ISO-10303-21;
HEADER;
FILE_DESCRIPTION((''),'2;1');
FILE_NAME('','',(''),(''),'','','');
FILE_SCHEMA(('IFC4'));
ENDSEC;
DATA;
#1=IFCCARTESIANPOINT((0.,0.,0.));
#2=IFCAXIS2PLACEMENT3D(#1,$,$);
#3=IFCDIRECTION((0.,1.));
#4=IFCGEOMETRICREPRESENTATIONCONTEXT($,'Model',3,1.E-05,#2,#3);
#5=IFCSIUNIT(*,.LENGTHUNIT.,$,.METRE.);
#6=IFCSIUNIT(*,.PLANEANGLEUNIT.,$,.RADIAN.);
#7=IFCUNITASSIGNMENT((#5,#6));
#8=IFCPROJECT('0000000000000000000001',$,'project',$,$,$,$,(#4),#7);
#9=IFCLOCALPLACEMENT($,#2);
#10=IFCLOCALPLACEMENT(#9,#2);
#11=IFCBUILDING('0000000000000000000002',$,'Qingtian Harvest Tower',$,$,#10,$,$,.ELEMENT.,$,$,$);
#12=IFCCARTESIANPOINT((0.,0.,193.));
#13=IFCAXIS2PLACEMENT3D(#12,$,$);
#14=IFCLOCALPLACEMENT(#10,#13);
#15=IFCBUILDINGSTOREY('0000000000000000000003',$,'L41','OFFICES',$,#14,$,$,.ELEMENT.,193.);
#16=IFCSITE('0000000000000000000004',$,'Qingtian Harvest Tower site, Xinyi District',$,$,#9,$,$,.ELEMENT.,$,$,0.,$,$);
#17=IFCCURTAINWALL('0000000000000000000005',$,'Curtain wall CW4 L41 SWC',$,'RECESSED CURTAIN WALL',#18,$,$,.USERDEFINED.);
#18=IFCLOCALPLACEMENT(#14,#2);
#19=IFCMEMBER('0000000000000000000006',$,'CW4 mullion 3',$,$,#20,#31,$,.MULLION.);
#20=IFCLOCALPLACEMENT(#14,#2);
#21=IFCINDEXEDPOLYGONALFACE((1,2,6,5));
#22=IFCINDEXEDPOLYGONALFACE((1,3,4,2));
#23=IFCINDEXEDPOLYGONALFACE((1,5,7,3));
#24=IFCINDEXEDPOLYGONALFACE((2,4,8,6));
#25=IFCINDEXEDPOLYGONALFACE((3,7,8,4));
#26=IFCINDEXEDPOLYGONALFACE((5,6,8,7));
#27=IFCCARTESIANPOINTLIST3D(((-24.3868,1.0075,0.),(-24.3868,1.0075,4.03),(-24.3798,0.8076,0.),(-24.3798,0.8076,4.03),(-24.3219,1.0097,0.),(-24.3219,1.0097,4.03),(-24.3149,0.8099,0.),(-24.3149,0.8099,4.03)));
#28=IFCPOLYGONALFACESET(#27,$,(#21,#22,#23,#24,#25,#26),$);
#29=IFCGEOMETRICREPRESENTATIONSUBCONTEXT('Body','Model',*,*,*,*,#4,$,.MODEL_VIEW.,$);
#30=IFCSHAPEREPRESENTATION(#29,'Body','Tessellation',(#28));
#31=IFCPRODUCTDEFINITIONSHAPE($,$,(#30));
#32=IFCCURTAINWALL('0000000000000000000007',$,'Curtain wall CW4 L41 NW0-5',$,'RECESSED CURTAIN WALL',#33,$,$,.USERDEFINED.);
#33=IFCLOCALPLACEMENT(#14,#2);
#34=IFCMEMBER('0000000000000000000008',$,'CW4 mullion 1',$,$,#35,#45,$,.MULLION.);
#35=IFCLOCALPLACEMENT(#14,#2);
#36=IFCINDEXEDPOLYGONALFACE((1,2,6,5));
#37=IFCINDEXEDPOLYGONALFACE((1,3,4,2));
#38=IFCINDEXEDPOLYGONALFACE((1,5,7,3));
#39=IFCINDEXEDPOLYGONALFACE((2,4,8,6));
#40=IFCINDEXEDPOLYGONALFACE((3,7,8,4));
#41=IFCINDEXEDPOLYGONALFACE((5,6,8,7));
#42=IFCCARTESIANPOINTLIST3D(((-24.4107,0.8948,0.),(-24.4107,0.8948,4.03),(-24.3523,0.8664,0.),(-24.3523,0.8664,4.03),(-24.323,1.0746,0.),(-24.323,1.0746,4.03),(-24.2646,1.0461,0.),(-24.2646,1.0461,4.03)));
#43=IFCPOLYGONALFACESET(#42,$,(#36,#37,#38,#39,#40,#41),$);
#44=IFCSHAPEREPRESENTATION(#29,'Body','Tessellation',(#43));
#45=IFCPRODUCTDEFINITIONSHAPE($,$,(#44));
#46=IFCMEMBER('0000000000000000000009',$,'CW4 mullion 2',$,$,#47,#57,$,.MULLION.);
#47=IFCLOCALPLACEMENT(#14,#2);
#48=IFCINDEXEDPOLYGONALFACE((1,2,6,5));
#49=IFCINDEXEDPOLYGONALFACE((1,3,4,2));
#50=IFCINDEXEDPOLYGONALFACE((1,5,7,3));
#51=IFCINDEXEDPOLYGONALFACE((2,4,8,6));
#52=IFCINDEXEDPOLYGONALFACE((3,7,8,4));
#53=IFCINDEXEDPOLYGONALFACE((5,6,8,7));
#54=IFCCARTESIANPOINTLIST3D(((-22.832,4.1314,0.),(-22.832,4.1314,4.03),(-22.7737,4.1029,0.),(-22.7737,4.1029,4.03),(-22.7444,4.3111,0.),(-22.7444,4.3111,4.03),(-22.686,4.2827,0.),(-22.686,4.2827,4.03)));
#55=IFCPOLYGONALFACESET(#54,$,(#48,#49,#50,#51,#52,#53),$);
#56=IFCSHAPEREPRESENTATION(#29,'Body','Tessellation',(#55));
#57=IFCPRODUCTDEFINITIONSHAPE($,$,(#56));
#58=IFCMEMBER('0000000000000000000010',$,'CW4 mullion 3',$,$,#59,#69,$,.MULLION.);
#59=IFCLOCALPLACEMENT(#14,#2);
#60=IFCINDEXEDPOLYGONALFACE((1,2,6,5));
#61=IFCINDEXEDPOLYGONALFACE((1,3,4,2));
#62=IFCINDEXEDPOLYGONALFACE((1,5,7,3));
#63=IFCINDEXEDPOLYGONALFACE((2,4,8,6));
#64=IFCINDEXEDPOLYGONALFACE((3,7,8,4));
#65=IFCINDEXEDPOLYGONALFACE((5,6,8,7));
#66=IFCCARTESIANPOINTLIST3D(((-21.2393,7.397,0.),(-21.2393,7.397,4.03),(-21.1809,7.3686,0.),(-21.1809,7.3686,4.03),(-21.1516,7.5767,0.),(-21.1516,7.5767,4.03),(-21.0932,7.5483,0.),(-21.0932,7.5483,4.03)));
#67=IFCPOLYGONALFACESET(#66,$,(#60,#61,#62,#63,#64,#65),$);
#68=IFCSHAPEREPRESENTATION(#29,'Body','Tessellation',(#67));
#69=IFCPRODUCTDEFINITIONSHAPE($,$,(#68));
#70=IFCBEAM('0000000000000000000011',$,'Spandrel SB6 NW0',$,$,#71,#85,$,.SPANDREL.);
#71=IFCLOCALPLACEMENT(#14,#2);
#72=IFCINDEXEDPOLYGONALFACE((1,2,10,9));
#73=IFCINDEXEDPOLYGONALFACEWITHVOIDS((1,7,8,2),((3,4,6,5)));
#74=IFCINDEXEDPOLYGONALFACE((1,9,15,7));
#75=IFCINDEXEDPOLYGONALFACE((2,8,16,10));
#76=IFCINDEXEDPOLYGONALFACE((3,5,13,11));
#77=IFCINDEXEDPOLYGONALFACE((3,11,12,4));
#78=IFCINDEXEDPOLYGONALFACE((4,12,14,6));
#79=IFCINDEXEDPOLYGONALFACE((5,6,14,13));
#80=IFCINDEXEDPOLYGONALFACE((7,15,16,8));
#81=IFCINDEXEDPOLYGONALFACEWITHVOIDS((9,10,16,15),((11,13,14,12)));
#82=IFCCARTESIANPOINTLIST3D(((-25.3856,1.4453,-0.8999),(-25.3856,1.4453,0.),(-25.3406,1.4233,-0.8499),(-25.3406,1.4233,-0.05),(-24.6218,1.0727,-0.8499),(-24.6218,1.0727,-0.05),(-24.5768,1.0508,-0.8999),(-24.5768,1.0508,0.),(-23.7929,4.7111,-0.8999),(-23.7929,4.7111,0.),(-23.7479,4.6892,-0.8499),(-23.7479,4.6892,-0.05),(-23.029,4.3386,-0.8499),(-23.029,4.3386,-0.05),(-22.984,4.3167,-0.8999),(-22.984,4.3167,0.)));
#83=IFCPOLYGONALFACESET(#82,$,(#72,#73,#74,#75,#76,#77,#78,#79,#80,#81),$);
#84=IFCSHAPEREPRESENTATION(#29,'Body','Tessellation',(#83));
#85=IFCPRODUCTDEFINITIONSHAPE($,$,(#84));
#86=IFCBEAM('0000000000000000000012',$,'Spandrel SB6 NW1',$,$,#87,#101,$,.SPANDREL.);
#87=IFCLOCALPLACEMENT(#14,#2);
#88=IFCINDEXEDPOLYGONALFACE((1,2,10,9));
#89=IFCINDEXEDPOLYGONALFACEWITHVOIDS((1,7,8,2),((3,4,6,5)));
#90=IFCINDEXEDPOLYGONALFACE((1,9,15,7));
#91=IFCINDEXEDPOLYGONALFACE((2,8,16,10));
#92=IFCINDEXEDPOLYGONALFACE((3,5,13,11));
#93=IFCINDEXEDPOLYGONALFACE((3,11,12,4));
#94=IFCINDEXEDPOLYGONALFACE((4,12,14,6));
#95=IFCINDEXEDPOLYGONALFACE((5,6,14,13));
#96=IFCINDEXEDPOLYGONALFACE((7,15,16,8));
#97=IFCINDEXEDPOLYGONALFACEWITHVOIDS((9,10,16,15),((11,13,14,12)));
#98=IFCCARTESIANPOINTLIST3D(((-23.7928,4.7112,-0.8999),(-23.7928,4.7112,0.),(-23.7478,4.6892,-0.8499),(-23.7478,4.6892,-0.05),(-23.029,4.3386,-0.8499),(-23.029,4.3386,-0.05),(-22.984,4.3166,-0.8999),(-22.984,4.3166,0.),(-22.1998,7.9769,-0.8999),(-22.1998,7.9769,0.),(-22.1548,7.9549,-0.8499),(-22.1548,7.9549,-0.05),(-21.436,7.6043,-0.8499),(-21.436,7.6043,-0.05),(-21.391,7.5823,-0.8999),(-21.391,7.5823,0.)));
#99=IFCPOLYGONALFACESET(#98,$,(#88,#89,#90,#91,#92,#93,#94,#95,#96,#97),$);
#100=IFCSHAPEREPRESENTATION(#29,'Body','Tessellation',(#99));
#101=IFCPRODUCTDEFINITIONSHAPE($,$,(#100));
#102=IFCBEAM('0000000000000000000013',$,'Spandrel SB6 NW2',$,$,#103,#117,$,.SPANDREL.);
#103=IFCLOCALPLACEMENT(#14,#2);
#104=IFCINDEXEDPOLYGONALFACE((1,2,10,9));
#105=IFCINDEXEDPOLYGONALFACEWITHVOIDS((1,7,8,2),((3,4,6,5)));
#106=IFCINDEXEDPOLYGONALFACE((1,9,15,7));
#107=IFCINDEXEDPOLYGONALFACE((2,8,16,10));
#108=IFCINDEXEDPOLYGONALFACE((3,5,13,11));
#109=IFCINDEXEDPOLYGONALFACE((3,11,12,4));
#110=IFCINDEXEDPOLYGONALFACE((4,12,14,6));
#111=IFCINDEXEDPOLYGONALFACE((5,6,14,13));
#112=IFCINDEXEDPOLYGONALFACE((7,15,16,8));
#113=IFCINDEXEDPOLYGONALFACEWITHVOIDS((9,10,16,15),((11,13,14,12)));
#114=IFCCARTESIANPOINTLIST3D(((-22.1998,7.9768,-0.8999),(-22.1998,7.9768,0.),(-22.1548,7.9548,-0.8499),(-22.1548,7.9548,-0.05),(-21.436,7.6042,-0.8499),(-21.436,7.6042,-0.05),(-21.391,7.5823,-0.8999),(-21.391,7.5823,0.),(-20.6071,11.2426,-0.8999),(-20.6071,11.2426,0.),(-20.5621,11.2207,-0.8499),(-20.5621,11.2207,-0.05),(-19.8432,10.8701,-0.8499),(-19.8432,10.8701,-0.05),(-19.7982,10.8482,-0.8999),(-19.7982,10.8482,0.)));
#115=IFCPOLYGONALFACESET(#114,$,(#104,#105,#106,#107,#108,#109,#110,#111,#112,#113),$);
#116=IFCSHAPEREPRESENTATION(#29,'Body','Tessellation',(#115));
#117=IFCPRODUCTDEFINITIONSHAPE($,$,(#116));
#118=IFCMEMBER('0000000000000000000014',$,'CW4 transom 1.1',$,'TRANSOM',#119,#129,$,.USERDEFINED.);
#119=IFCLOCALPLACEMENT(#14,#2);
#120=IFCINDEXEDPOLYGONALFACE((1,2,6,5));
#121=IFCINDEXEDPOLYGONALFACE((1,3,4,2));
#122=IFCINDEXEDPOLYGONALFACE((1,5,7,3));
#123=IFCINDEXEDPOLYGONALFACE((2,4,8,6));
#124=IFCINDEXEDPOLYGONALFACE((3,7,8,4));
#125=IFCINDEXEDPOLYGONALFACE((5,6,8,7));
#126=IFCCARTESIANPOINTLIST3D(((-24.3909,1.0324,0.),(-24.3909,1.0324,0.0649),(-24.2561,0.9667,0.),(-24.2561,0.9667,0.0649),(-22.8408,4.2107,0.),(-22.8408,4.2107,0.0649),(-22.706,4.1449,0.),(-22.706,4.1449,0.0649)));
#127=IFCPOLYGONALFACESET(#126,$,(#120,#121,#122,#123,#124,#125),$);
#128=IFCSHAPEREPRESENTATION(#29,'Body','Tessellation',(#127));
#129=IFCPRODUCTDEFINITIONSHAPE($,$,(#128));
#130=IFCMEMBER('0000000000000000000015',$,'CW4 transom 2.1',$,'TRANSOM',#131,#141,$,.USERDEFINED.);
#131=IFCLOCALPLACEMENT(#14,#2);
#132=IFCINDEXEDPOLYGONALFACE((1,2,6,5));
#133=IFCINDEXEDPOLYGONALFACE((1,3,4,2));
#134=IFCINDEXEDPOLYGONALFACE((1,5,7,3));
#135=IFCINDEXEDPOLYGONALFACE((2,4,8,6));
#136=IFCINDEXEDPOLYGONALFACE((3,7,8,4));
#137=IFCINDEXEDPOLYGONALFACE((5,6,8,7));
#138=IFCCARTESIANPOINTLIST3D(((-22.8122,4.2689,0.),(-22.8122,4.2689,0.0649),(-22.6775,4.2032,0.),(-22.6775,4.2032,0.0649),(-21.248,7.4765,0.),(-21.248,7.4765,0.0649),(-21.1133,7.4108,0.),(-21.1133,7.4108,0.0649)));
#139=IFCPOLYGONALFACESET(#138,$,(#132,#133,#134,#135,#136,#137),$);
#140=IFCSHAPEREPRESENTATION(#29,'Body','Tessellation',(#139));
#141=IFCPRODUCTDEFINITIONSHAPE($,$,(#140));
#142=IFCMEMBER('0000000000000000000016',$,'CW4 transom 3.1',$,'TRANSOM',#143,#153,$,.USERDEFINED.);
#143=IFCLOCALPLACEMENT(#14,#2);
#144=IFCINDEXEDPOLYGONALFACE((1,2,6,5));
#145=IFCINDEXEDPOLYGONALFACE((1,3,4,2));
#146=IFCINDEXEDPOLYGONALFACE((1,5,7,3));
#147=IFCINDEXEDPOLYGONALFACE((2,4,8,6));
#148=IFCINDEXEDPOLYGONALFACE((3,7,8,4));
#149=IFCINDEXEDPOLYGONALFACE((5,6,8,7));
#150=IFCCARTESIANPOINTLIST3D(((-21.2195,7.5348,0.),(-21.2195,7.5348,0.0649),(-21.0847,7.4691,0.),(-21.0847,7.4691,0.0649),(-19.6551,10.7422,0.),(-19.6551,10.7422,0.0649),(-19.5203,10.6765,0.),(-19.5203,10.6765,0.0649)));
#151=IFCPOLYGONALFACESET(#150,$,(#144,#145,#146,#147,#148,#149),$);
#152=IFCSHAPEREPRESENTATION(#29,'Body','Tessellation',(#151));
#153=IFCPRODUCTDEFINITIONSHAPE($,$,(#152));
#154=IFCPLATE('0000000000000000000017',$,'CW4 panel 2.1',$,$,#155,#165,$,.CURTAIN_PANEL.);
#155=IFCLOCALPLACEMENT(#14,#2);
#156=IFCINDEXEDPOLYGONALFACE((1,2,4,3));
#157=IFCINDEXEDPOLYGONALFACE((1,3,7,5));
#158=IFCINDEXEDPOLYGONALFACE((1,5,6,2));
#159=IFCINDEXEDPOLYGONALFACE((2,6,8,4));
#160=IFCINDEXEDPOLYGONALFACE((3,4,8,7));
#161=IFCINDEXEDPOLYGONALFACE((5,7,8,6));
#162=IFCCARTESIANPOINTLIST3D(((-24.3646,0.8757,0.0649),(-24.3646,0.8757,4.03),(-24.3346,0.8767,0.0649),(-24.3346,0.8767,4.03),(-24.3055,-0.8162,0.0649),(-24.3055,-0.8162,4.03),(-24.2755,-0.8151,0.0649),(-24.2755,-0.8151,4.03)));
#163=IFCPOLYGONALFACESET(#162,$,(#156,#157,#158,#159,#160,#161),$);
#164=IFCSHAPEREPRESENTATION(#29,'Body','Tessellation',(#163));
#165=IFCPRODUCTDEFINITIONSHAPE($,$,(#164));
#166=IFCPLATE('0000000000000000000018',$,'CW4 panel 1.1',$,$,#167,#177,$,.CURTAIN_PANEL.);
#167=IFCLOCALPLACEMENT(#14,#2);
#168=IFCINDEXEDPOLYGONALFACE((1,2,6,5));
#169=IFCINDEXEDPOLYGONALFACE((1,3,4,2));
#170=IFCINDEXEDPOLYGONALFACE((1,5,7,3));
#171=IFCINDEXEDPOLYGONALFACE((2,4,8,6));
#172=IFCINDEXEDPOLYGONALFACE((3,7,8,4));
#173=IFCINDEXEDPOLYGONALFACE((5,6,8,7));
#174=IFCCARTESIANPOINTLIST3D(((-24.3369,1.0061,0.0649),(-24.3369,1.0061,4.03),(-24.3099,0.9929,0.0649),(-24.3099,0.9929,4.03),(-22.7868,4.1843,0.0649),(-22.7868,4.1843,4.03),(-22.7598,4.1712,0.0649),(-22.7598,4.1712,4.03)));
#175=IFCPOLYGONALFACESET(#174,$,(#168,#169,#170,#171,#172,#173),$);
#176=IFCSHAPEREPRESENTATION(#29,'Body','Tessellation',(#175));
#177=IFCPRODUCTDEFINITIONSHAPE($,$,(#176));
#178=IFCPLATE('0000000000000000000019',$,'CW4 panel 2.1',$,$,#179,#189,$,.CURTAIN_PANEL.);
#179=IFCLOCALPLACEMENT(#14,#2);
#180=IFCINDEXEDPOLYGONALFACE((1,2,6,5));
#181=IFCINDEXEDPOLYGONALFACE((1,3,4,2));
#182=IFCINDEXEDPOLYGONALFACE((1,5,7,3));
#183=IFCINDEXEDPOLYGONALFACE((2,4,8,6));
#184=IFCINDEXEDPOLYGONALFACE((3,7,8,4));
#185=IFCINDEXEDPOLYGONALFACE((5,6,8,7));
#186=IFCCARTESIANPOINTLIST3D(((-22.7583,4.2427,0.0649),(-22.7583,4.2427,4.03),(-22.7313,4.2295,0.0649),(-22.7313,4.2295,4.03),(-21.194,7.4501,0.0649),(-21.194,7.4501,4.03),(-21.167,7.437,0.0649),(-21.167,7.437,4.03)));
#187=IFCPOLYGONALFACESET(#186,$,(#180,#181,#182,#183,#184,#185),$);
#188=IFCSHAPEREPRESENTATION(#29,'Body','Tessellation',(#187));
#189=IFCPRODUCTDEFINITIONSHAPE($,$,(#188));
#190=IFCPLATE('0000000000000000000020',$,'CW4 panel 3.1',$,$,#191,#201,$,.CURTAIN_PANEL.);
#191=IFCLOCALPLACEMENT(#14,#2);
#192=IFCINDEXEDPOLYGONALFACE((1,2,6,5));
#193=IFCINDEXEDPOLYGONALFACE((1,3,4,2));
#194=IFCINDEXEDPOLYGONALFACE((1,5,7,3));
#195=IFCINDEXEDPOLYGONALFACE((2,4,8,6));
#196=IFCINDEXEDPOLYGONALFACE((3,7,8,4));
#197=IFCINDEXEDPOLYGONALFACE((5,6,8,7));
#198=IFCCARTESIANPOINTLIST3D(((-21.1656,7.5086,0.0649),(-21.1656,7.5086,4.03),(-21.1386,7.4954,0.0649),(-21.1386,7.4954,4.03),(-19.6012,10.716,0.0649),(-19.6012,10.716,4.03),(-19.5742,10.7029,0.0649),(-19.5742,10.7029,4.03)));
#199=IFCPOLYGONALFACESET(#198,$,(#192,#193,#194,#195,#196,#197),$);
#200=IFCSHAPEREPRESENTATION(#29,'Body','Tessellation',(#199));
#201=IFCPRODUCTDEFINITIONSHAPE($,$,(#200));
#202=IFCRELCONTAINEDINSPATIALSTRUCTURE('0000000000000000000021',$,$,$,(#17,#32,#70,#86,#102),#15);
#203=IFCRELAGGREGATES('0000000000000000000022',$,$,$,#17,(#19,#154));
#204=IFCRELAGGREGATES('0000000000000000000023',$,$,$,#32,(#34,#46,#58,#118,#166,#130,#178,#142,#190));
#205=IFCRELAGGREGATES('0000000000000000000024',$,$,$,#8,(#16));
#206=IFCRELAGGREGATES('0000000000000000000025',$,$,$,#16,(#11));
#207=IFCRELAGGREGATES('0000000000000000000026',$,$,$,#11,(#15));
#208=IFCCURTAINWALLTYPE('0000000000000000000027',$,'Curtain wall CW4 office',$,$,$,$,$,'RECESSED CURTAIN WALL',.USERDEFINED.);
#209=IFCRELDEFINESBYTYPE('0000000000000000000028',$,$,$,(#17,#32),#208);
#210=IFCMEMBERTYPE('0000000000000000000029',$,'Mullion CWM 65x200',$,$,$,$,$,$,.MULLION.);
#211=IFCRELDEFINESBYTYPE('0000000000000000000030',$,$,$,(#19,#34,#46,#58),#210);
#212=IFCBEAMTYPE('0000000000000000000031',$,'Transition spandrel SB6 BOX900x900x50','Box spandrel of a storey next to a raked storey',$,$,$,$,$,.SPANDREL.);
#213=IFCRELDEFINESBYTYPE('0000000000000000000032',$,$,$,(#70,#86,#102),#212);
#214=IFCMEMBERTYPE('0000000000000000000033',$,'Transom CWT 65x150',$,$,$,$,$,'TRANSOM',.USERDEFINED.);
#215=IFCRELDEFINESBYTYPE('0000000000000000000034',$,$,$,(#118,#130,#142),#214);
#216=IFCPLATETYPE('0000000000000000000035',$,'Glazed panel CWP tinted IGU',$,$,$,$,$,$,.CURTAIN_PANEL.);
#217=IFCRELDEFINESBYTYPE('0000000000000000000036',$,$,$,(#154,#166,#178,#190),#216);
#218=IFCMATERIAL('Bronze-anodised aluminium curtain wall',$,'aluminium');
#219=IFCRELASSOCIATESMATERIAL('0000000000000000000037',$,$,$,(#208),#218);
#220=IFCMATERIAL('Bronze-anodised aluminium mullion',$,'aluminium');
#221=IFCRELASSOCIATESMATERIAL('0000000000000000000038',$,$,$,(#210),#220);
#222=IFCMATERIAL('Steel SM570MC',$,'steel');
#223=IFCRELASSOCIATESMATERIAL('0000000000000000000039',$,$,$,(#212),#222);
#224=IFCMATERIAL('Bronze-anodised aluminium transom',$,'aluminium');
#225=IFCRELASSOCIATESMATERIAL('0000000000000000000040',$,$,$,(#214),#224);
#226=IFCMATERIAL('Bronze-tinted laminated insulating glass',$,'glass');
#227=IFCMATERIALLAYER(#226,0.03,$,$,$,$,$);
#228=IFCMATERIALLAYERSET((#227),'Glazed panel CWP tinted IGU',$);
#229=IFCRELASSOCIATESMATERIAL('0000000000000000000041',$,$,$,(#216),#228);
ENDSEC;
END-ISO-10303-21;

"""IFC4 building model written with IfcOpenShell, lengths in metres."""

from ifc_helpers import new_model, si_unit, direction, frame, origin, origin_2d, place, context, subcontext, project, spatial, rectangle, hollow_rectangle, extrude, material, layer, layer_set, material_profile, profile_set, type_object, element, aggregate, save


model = new_model("IFC4")

# Units and contexts
model_context = context("Model", 3, precision=1e-05, world=origin(), true_north=direction((0.0, 1.0)))
body_context = subcontext(model_context, "Body", "Model", "MODEL_VIEW")
ifc_project = project(units=[si_unit("LENGTHUNIT", "METRE"), si_unit("PLANEANGLEUNIT", "RADIAN")], contexts=[model_context])

# Site, building, storey
site_placement = place(None, origin())
site = spatial("IfcSite", under=ifc_project, at=site_placement, Name="Qingtian Harvest Tower site, Xinyi District", CompositionType="ELEMENT", RefElevation=0.0)
building_placement = place(site_placement, origin())
building = spatial("IfcBuilding", under=site, at=building_placement, Name="Qingtian Harvest Tower", CompositionType="ELEMENT")
storey_placement = place(building_placement, frame((0.0, 0.0, 193.0)))
storey = spatial("IfcBuildingStorey", under=building, at=storey_placement, Name="L41", Description="OFFICES", CompositionType="ELEMENT", Elevation=193.0)

# Curtain wall, member
ifc_material_1 = material(Name="Bronze-anodised aluminium curtain wall", Category="aluminium")
curtain_wall_type = type_object("IfcCurtainWallType", Name="Curtain wall CW4 office", ElementType="RECESSED CURTAIN WALL", PredefinedType="USERDEFINED", material=ifc_material_1)
curtain_wall_1_placement = place(storey_placement, origin())
curtain_wall_1 = element("IfcCurtainWall", 1, at=curtain_wall_1_placement, inside=storey, type_object=curtain_wall_type, Name="Curtain wall CW4 L41 SWC", ObjectType="RECESSED CURTAIN WALL", PredefinedType="USERDEFINED")
ifc_material_2 = material(Name="Bronze-anodised aluminium mullion", Category="aluminium")
ifc_material_profile_1 = material_profile(ifc_material_2, rectangle(XDim=0.0649, YDim=0.2, at=origin_2d()), Name="AL 65x200")
ifc_profile_set_1 = profile_set([ifc_material_profile_1], Name="Bronze-anodised aluminium mullion")
member_type_1 = type_object("IfcMemberType", Name="Mullion CWM 65x200", PredefinedType="MULLION", material=ifc_profile_set_1)
member_1_placement = place(storey_placement, frame((-24.3508, 0.9087, 0.0), z_axis=(0.0, 0.0, 1.0), x_axis=(-0.999391, -0.034899, 0.0)))
member_1 = element("IfcMember", 2, at=member_1_placement, type_object=member_type_1, Name="CW4 mullion 3", PredefinedType="MULLION", context=body_context, shape_type="SweptSolid", body=[
    extrude(rectangle(XDim=0.0649, YDim=0.2, at=origin_2d()), origin(), (0.0, 0.0, 1.0), 4.03),
])

# Curtain wall, members
curtain_wall_2_placement = place(storey_placement, origin())
curtain_wall_2 = element("IfcCurtainWall", 3, at=curtain_wall_2_placement, inside=storey, type_object=curtain_wall_type, Name="Curtain wall CW4 L41 NW0-5", ObjectType="RECESSED CURTAIN WALL", PredefinedType="USERDEFINED")
member_2_placement = place(storey_placement, frame((-24.3376, 0.9705, 0.0), z_axis=(0.0, 0.0, 1.0), x_axis=(-0.898794, 0.438371, 0.0)))
member_2 = element("IfcMember", 4, at=member_2_placement, type_object=member_type_1, Name="CW4 mullion 1", PredefinedType="MULLION", context=body_context, shape_type="SweptSolid", body=[
    extrude(rectangle(XDim=0.0649, YDim=0.2, at=origin_2d()), origin(), (0.0, 0.0, 1.0), 4.03),
])
member_3_placement = place(storey_placement, frame((-22.759, 4.207, 0.0), z_axis=(0.0, 0.0, 1.0), x_axis=(-0.898794, 0.438371, 0.0)))
member_3 = element("IfcMember", 5, at=member_3_placement, type_object=member_type_1, Name="CW4 mullion 2", PredefinedType="MULLION", context=body_context, shape_type="SweptSolid", body=[
    extrude(rectangle(XDim=0.0649, YDim=0.2, at=origin_2d()), origin(), (0.0, 0.0, 1.0), 4.03),
])
member_4_placement = place(storey_placement, frame((-21.1663, 7.4727, 0.0), z_axis=(0.0, 0.0, 1.0), x_axis=(-0.898794, 0.438371, 0.0)))
member_4 = element("IfcMember", 6, at=member_4_placement, type_object=member_type_1, Name="CW4 mullion 3", PredefinedType="MULLION", context=body_context, shape_type="SweptSolid", body=[
    extrude(rectangle(XDim=0.0649, YDim=0.2, at=origin_2d()), origin(), (0.0, 0.0, 1.0), 4.03),
])

# Beams
ifc_material_3 = material(Name="Steel SM570MC", Category="steel")
ifc_material_profile_2 = material_profile(ifc_material_3, hollow_rectangle(XDim=0.8999, YDim=0.8999, WallThickness=0.05, at=origin_2d()), Name="BOX900x900x50")
ifc_profile_set_2 = profile_set([ifc_material_profile_2], Name="Steel SM570MC")
beam_type_1 = type_object("IfcBeamType", Name="Transition spandrel SB6 BOX900x900x50", Description="Box spandrel of a storey next to a raked storey", PredefinedType="SPANDREL", material=ifc_profile_set_2)
for number, where, z_axis, x_axis, name in (
    (7, (-24.9812, 1.248, -0.45), (0.438349, 0.898805, 0.0), (-0.898805, 0.438349, 0.0), "Spandrel SB6 NW0"),
    (8, (-23.3884, 4.5139, -0.45), (0.43843, 0.898765, 0.0), (-0.898765, 0.43843, 0.0), "Spandrel SB6 NW1"),
    (9, (-21.7954, 7.7795, -0.45), (0.438349, 0.898805, 0.0), (-0.898805, 0.438349, 0.0), "Spandrel SB6 NW2"),
):
    element("IfcBeam", number, at=place(storey_placement, frame(where, z_axis=z_axis, x_axis=x_axis)), inside=storey, type_object=beam_type_1, Name=name, PredefinedType="SPANDREL", context=body_context, shape_type="SweptSolid", body=[
        extrude(hollow_rectangle(XDim=0.8999, YDim=0.8999, WallThickness=0.05, at=origin_2d()), origin(), (0.0, 0.0, 1.0), 3.6335),
    ])

# Members
ifc_material_4 = material(Name="Bronze-anodised aluminium transom", Category="aluminium")
ifc_material_profile_3 = material_profile(ifc_material_4, rectangle(XDim=0.1499, YDim=0.0649, at=origin_2d()), Name="AL 65x150")
ifc_profile_set_3 = profile_set([ifc_material_profile_3], Name="Bronze-anodised aluminium transom")
member_type_2 = type_object("IfcMemberType", Name="Transom CWT 65x150", ElementType="TRANSOM", PredefinedType="USERDEFINED", material=ifc_profile_set_3)
member_5_placement = place(storey_placement, frame((-24.3235, 0.9995, 0.0325), z_axis=(0.438354, 0.898802, 0.0), x_axis=(-0.898802, 0.438354, 0.0)))
member_5 = element("IfcMember", 10, at=member_5_placement, type_object=member_type_2, Name="CW4 transom 1.1", ObjectType="TRANSOM", PredefinedType="USERDEFINED", context=body_context, shape_type="SweptSolid", body=[
    extrude(rectangle(XDim=0.1499, YDim=0.0649, at=origin_2d()), origin(), (0.0, 0.0, 1.0), 3.5361),
])
member_6_placement = place(storey_placement, frame((-22.7449, 4.2361, 0.0325), z_axis=(0.438325, 0.898816, 0.0), x_axis=(-0.898816, 0.438325, 0.0)))
member_6 = element("IfcMember", 11, at=member_6_placement, type_object=member_type_2, Name="CW4 transom 2.1", ObjectType="TRANSOM", PredefinedType="USERDEFINED", context=body_context, shape_type="SweptSolid", body=[
    extrude(rectangle(XDim=0.1499, YDim=0.0649, at=origin_2d()), origin(), (0.0, 0.0, 1.0), 3.5686),
])
member_7_placement = place(storey_placement, frame((-21.1521, 7.502, 0.0325), z_axis=(0.438381, 0.898789, 0.0), x_axis=(-0.898789, 0.438381, 0.0)))
member_7 = element("IfcMember", 12, at=member_7_placement, type_object=member_type_2, Name="CW4 transom 3.1", ObjectType="TRANSOM", PredefinedType="USERDEFINED", context=body_context, shape_type="SweptSolid", body=[
    extrude(rectangle(XDim=0.1499, YDim=0.0649, at=origin_2d()), origin(), (0.0, 0.0, 1.0), 3.5686),
])

# Plates
ifc_material_5 = material(Name="Bronze-tinted laminated insulating glass", Category="glass")
ifc_layer_1 = layer(ifc_material_5, 0.03)
ifc_layer_set_1 = layer_set([ifc_layer_1], Name="Glazed panel CWP tinted IGU")
plate_type = type_object("IfcPlateType", Name="Glazed panel CWP tinted IGU", PredefinedType="CURTAIN_PANEL", material=ifc_layer_set_1)
plate_1_placement = place(storey_placement, frame((-24.3201, 0.0303, 0.0649), z_axis=(0.0, 0.0, 1.0), x_axis=(-0.034899, 0.999391, 0.0)))
plate_1 = element("IfcPlate", 13, at=plate_1_placement, type_object=plate_type, Name="CW4 panel 2.1", PredefinedType="CURTAIN_PANEL", context=body_context, shape_type="SweptSolid", body=[
    extrude(rectangle(XDim=1.6929, YDim=0.03, at=origin_2d()), origin(), (0.0, 0.0, 1.0), 3.9651),
])
aggregate(curtain_wall_1, [member_1, plate_1])
plate_2_placement = place(storey_placement, frame((-23.5483, 2.5886, 0.0649), z_axis=(0.0, 0.0, 1.0), x_axis=(0.438371, 0.898794, 0.0)))
plate_2 = element("IfcPlate", 14, at=plate_2_placement, type_object=plate_type, Name="CW4 panel 1.1", PredefinedType="CURTAIN_PANEL", context=body_context, shape_type="SweptSolid", body=[
    extrude(rectangle(XDim=3.5361, YDim=0.03, at=origin_2d()), origin(), (0.0, 0.0, 1.0), 3.9651),
])
plate_3_placement = place(storey_placement, frame((-21.9626, 5.8398, 0.0649), z_axis=(0.0, 0.0, 1.0), x_axis=(0.438371, 0.898794, 0.0)))
plate_3 = element("IfcPlate", 15, at=plate_3_placement, type_object=plate_type, Name="CW4 panel 2.1", PredefinedType="CURTAIN_PANEL", context=body_context, shape_type="SweptSolid", body=[
    extrude(rectangle(XDim=3.5686, YDim=0.03, at=origin_2d()), origin(), (0.0, 0.0, 1.0), 3.9651),
])
plate_4_placement = place(storey_placement, frame((-20.3699, 9.1057, 0.0649), z_axis=(0.0, 0.0, 1.0), x_axis=(0.438371, 0.898794, 0.0)))
plate_4 = element("IfcPlate", 16, at=plate_4_placement, type_object=plate_type, Name="CW4 panel 3.1", PredefinedType="CURTAIN_PANEL", context=body_context, shape_type="SweptSolid", body=[
    extrude(rectangle(XDim=3.5686, YDim=0.03, at=origin_2d()), origin(), (0.0, 0.0, 1.0), 3.9651),
])
aggregate(curtain_wall_2, [member_2, member_3, member_4, member_5, plate_2, member_6, plate_3, member_7, plate_4])

save(model, "model.ifc")
